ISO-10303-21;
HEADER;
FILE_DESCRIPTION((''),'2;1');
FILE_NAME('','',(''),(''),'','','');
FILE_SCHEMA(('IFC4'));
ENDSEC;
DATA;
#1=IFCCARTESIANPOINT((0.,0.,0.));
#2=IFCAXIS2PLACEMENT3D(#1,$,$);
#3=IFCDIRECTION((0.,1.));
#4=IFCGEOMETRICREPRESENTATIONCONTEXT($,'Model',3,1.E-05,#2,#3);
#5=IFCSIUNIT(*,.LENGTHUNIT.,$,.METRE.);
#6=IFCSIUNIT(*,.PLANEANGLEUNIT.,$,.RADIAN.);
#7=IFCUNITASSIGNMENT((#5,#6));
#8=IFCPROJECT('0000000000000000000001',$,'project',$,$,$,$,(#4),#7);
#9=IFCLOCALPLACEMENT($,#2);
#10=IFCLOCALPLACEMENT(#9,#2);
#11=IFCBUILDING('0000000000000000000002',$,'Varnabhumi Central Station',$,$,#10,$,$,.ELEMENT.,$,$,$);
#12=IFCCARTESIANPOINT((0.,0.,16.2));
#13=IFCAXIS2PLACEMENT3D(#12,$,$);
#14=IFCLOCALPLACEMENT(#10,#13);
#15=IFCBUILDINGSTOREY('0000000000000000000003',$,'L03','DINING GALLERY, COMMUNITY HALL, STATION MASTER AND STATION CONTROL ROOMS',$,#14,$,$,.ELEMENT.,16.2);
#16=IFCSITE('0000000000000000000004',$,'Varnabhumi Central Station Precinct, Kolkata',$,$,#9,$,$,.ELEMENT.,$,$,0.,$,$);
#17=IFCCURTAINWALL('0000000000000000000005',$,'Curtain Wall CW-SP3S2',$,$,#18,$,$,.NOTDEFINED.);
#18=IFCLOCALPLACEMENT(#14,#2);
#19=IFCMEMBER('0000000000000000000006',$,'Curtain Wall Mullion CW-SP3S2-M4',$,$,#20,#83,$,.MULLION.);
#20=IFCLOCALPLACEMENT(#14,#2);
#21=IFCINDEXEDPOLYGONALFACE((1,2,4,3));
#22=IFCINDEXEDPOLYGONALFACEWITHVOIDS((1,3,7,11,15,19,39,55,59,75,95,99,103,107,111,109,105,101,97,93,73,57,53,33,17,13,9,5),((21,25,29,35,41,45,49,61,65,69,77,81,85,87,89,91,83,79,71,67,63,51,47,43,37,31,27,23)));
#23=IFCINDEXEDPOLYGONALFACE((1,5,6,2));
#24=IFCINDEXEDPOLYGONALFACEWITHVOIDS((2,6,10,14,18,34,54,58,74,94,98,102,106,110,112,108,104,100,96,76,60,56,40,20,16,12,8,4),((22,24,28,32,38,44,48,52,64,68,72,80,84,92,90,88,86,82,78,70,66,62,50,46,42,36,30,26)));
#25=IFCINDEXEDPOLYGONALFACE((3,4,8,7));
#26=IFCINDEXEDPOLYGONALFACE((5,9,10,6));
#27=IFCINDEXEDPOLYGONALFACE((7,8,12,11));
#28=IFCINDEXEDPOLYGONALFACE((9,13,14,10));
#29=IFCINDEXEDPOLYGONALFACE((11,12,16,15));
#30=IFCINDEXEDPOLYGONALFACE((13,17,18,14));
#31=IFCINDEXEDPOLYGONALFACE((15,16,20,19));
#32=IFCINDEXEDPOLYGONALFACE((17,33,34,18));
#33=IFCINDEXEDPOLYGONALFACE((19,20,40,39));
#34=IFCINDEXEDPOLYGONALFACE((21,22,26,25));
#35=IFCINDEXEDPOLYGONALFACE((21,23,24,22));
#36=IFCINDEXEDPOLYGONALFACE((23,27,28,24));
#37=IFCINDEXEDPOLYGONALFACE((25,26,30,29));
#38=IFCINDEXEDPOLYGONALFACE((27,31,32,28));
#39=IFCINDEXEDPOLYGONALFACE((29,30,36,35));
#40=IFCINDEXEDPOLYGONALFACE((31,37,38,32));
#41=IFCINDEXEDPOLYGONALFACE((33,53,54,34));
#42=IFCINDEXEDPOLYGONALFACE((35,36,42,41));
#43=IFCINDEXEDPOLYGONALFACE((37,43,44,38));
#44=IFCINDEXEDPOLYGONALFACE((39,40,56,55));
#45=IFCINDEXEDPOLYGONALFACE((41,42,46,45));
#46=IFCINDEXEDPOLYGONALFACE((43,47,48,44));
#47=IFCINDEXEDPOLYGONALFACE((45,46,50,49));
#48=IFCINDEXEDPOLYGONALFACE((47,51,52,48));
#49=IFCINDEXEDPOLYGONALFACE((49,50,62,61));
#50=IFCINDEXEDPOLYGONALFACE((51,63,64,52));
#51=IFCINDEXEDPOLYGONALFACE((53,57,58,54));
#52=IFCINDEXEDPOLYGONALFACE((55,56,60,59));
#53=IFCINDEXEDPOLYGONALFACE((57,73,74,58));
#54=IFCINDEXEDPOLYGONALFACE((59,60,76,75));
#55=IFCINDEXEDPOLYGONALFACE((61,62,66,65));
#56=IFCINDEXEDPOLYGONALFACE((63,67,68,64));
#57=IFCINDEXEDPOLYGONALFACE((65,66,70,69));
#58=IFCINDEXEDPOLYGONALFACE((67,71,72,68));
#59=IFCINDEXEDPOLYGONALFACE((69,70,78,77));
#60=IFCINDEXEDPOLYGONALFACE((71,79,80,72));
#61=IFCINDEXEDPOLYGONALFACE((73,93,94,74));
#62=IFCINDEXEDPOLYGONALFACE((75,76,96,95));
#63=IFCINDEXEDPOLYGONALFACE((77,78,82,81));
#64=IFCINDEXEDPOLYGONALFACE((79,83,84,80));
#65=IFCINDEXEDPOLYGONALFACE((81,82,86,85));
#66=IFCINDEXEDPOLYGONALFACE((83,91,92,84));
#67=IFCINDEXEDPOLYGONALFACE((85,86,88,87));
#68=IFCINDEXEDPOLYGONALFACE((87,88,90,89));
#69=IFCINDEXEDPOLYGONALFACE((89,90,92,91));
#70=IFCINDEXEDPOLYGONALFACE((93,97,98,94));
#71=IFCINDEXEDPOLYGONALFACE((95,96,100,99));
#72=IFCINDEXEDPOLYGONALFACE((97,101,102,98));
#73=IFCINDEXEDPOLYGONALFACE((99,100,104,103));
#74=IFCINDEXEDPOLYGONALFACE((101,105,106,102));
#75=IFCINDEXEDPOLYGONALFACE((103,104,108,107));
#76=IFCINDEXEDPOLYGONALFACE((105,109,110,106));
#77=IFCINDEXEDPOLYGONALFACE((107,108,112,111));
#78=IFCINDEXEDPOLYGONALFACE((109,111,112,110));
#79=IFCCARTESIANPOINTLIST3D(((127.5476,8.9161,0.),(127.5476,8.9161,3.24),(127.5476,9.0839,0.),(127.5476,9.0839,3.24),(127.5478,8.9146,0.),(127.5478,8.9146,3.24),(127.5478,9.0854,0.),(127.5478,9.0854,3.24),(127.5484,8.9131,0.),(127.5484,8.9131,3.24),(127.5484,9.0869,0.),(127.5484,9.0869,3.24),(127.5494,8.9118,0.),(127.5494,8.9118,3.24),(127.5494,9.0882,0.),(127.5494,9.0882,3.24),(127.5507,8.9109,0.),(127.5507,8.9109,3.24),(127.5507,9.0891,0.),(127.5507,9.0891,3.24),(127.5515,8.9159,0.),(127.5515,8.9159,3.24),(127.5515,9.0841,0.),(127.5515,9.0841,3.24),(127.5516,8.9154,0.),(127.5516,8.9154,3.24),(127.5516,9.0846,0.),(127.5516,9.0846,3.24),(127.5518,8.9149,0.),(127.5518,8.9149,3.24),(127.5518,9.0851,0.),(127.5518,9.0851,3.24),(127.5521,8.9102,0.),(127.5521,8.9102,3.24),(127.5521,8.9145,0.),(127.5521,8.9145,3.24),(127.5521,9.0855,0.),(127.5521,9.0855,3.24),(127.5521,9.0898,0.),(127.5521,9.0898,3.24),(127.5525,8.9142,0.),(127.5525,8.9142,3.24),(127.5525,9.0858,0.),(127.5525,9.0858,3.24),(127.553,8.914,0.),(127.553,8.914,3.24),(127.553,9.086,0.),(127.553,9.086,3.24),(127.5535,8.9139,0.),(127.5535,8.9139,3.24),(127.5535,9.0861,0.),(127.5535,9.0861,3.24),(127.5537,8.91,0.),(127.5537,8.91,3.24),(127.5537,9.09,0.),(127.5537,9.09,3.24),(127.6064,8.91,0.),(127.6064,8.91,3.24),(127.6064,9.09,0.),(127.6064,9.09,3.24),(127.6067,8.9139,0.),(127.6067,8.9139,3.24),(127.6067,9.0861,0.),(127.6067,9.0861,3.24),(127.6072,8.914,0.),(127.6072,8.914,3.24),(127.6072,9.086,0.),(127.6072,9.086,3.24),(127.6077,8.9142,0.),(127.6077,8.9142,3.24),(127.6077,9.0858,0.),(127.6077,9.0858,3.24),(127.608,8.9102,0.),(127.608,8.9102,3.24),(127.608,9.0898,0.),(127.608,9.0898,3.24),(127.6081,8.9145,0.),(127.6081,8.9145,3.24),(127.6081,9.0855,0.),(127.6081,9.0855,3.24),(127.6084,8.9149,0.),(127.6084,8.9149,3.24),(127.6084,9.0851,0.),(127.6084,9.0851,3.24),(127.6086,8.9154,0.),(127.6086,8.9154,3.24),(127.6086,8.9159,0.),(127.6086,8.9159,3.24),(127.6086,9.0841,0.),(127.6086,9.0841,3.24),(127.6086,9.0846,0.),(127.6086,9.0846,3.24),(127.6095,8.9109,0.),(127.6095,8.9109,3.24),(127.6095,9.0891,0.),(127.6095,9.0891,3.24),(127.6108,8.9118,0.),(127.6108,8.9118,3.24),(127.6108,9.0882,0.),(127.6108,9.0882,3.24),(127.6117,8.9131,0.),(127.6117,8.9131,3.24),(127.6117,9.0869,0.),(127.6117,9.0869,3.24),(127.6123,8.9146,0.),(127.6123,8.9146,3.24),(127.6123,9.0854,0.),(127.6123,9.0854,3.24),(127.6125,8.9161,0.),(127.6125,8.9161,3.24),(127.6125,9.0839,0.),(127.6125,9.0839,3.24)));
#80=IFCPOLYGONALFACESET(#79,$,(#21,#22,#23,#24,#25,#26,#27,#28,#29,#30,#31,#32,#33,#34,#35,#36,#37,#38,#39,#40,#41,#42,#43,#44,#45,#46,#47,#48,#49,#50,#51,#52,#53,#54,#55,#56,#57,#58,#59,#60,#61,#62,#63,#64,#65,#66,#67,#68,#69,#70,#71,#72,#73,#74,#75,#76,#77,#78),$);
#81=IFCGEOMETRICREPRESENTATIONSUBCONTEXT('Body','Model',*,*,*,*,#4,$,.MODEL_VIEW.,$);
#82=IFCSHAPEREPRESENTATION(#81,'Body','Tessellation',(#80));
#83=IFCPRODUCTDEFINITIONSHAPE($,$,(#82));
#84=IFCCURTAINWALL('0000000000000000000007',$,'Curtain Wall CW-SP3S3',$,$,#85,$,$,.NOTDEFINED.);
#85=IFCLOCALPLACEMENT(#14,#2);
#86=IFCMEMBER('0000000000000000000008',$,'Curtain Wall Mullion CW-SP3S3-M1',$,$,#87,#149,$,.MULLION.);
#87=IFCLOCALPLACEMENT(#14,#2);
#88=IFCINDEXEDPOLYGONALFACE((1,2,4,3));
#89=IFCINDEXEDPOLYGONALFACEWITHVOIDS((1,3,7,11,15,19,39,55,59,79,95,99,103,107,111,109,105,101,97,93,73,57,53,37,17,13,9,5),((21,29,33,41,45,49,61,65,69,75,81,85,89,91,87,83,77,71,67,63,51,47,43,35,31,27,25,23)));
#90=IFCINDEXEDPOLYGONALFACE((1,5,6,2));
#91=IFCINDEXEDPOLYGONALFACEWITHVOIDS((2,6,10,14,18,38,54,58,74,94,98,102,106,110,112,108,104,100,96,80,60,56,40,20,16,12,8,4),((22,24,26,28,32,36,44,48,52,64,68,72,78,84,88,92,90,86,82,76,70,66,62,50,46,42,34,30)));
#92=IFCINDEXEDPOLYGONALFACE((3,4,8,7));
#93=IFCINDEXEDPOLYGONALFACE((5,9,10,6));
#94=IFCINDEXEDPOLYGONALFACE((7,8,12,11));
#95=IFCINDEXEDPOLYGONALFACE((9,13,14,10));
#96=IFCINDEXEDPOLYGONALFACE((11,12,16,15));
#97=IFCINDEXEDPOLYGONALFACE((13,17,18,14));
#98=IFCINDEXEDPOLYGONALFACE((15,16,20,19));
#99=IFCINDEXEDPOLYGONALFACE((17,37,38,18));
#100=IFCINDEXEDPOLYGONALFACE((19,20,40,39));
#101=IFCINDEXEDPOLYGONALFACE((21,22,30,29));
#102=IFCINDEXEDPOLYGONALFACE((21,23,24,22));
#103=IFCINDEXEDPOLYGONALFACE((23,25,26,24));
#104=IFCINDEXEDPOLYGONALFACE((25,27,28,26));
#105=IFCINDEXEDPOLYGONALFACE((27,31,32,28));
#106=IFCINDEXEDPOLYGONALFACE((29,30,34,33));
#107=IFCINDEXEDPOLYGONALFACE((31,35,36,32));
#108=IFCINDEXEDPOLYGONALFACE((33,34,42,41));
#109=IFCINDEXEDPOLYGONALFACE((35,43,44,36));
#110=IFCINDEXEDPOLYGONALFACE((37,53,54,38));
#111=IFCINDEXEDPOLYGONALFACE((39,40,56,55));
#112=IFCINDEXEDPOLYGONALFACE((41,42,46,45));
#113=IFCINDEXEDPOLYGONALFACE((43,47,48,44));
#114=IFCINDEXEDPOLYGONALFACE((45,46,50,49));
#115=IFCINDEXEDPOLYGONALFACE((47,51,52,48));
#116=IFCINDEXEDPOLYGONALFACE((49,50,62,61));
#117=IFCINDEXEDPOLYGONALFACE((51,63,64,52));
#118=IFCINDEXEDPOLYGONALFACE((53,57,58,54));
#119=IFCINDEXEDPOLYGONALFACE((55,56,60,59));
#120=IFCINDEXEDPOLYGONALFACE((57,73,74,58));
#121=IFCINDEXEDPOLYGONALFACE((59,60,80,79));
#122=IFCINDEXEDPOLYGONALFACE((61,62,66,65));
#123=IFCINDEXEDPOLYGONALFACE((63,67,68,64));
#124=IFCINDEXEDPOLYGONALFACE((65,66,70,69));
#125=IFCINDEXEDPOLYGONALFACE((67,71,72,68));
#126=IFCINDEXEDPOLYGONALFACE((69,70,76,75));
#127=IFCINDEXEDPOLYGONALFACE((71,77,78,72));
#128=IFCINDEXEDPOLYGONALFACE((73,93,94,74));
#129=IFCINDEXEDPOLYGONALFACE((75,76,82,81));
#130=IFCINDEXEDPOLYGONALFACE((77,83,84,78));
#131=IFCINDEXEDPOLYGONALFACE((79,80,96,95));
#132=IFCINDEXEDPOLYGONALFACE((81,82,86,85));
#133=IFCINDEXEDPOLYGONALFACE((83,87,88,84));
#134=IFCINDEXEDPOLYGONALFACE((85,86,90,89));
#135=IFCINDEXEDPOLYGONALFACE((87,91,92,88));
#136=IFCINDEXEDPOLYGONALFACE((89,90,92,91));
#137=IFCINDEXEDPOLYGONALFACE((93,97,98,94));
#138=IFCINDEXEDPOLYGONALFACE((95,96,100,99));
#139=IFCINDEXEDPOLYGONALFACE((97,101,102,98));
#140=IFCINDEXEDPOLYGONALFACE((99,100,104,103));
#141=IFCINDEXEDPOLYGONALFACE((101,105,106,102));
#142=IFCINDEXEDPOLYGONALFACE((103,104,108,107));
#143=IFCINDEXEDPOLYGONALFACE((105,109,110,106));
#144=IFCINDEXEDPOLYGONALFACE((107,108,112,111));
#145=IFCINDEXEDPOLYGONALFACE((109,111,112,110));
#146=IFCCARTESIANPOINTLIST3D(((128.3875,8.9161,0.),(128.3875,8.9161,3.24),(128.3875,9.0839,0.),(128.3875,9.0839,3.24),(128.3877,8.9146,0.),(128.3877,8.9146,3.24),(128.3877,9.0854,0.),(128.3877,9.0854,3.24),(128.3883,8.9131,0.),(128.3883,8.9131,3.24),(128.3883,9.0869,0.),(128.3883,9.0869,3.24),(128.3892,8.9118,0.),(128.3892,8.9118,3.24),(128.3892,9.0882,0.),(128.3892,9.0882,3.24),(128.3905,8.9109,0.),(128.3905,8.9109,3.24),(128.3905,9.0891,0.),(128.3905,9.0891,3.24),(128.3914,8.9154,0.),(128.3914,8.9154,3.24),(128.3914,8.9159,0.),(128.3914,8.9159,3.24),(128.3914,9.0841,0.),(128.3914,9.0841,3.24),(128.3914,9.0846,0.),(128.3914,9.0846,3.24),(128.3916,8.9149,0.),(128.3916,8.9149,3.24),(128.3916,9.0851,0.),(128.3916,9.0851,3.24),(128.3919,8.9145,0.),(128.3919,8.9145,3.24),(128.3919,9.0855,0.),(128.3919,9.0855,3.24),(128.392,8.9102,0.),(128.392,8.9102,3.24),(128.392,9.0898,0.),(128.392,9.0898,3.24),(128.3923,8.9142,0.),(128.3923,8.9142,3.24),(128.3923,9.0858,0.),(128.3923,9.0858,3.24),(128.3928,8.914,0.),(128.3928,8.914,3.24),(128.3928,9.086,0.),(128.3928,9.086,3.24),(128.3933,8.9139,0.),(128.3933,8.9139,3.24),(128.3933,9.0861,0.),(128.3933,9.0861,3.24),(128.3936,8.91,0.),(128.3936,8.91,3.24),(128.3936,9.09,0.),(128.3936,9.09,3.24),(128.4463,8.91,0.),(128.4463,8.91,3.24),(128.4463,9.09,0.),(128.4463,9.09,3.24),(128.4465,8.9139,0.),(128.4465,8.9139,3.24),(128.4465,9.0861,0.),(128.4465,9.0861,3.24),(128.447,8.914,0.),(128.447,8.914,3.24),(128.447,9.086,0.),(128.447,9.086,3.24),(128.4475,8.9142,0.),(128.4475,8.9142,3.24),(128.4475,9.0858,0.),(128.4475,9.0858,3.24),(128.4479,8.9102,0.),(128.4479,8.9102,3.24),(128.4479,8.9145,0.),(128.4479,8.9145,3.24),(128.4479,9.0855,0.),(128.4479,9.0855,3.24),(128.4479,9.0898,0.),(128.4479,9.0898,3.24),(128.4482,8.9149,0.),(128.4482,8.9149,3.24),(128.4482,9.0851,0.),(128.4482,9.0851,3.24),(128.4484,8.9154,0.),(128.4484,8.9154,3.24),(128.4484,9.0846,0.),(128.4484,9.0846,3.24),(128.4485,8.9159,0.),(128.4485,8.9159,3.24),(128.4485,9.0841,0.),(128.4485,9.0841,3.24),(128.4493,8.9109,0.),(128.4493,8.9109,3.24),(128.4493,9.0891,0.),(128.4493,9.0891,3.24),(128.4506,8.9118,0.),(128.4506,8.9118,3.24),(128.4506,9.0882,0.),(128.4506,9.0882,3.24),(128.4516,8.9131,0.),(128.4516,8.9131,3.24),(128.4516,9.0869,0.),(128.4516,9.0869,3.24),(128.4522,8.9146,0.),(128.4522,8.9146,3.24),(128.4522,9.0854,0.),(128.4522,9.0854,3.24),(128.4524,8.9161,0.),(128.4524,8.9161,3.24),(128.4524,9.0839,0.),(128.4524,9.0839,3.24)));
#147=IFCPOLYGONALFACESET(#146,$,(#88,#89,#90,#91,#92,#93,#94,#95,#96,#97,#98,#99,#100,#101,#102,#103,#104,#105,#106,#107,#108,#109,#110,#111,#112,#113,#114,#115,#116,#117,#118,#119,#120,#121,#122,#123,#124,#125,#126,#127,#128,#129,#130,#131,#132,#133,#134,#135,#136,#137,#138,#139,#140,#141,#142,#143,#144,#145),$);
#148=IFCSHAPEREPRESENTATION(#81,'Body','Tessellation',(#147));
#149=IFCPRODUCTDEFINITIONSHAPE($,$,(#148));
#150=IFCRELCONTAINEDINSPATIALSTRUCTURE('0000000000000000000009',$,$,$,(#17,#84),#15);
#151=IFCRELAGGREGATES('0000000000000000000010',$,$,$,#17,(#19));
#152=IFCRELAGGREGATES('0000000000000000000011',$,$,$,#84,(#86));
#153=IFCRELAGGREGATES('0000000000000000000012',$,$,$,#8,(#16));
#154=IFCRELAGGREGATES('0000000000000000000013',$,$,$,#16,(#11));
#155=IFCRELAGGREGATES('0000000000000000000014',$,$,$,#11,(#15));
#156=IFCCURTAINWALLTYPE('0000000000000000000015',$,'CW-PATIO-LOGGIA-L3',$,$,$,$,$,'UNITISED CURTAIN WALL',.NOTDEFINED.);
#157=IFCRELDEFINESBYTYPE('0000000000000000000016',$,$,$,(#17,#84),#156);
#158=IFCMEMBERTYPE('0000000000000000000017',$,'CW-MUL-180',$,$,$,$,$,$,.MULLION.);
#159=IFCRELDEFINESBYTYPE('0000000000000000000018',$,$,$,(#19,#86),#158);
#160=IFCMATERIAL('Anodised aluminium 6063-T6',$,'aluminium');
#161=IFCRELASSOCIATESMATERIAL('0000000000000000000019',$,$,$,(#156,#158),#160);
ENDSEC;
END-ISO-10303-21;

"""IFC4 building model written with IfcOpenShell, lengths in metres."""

from ifc_helpers import new_model, si_unit, direction, frame, origin, origin_2d, place, context, subcontext, project, spatial, hollow_rectangle, extrude, material, material_profile, profile_set, type_object, element, aggregate, save


model = new_model("IFC4")

# Units and contexts
model_context = context("Model", 3, precision=1e-05, world=origin(), true_north=direction((0.0, 1.0)))
body_context = subcontext(model_context, "Body", "Model", "MODEL_VIEW")
ifc_project = project(units=[si_unit("LENGTHUNIT", "METRE"), si_unit("PLANEANGLEUNIT", "RADIAN")], contexts=[model_context])

# Site, building, storey
site_placement = place(None, origin())
site = spatial("IfcSite", under=ifc_project, at=site_placement, Name="Varnabhumi Central Station Precinct, Kolkata", CompositionType="ELEMENT", RefElevation=0.0)
building_placement = place(site_placement, origin())
building = spatial("IfcBuilding", under=site, at=building_placement, Name="Varnabhumi Central Station", CompositionType="ELEMENT")
storey_placement = place(building_placement, frame((0.0, 0.0, 16.2)))
storey = spatial("IfcBuildingStorey", under=building, at=storey_placement, Name="L03", Description="DINING GALLERY, COMMUNITY HALL, STATION MASTER AND STATION CONTROL ROOMS", CompositionType="ELEMENT", Elevation=16.2)

# Shared definitions
ifc_material_1 = material(Name="Anodised aluminium 6063-T6", Category="aluminium")
curtain_wall_type = type_object("IfcCurtainWallType", Name="CW-PATIO-LOGGIA-L3", ElementType="UNITISED CURTAIN WALL", PredefinedType="NOTDEFINED", material=ifc_material_1)
ifc_material_profile_1 = material_profile(ifc_material_1, hollow_rectangle(XDim=0.0649, YDim=0.1799, WallThickness=0.0039, InnerFilletRadius=0.002, OuterFilletRadius=0.0061, at=origin_2d()), Name="Anodised aluminium 6063-T6", Category="aluminium")
ifc_profile_set_1 = profile_set([ifc_material_profile_1], Name="Anodised aluminium 6063-T6")
member_type_1 = type_object("IfcMemberType", Name="CW-MUL-180", PredefinedType="MULLION", material=ifc_profile_set_1)

# Curtain walls, members
curtain_wall_1_placement = place(storey_placement, origin())
curtain_wall_1 = element("IfcCurtainWall", 1, at=curtain_wall_1_placement, inside=storey, type_object=curtain_wall_type, Name="Curtain Wall CW-SP3S2", PredefinedType="NOTDEFINED")
member_1_placement = place(storey_placement, frame((127.5801, 9.0, 0.0), z_axis=(0.0, 0.0, 1.0), x_axis=(1.0, 0.0, 0.0)))
member_1 = element("IfcMember", 2, at=member_1_placement, type_object=member_type_1, Name="Curtain Wall Mullion CW-SP3S2-M4", PredefinedType="MULLION", context=body_context, shape_type="SweptSolid", body=[
    extrude(hollow_rectangle(XDim=0.0649, YDim=0.1799, WallThickness=0.0039, InnerFilletRadius=0.002, OuterFilletRadius=0.0061, at=origin_2d()), origin(), (0.0, 0.0, 1.0), 3.24),
])
curtain_wall_2_placement = place(storey_placement, origin())
curtain_wall_2 = element("IfcCurtainWall", 3, at=curtain_wall_2_placement, inside=storey, type_object=curtain_wall_type, Name="Curtain Wall CW-SP3S3", PredefinedType="NOTDEFINED")
member_2_placement = place(storey_placement, frame((128.4199, 9.0, 0.0), z_axis=(0.0, 0.0, 1.0), x_axis=(1.0, 0.0, 0.0)))
member_2 = element("IfcMember", 4, at=member_2_placement, type_object=member_type_1, Name="Curtain Wall Mullion CW-SP3S3-M1", PredefinedType="MULLION", context=body_context, shape_type="SweptSolid", body=[
    extrude(hollow_rectangle(XDim=0.0649, YDim=0.1799, WallThickness=0.0039, InnerFilletRadius=0.002, OuterFilletRadius=0.0061, at=origin_2d()), origin(), (0.0, 0.0, 1.0), 3.24),
])

aggregate(curtain_wall_1, [member_1])
aggregate(curtain_wall_2, [member_2])

save(model, "model.ifc")
